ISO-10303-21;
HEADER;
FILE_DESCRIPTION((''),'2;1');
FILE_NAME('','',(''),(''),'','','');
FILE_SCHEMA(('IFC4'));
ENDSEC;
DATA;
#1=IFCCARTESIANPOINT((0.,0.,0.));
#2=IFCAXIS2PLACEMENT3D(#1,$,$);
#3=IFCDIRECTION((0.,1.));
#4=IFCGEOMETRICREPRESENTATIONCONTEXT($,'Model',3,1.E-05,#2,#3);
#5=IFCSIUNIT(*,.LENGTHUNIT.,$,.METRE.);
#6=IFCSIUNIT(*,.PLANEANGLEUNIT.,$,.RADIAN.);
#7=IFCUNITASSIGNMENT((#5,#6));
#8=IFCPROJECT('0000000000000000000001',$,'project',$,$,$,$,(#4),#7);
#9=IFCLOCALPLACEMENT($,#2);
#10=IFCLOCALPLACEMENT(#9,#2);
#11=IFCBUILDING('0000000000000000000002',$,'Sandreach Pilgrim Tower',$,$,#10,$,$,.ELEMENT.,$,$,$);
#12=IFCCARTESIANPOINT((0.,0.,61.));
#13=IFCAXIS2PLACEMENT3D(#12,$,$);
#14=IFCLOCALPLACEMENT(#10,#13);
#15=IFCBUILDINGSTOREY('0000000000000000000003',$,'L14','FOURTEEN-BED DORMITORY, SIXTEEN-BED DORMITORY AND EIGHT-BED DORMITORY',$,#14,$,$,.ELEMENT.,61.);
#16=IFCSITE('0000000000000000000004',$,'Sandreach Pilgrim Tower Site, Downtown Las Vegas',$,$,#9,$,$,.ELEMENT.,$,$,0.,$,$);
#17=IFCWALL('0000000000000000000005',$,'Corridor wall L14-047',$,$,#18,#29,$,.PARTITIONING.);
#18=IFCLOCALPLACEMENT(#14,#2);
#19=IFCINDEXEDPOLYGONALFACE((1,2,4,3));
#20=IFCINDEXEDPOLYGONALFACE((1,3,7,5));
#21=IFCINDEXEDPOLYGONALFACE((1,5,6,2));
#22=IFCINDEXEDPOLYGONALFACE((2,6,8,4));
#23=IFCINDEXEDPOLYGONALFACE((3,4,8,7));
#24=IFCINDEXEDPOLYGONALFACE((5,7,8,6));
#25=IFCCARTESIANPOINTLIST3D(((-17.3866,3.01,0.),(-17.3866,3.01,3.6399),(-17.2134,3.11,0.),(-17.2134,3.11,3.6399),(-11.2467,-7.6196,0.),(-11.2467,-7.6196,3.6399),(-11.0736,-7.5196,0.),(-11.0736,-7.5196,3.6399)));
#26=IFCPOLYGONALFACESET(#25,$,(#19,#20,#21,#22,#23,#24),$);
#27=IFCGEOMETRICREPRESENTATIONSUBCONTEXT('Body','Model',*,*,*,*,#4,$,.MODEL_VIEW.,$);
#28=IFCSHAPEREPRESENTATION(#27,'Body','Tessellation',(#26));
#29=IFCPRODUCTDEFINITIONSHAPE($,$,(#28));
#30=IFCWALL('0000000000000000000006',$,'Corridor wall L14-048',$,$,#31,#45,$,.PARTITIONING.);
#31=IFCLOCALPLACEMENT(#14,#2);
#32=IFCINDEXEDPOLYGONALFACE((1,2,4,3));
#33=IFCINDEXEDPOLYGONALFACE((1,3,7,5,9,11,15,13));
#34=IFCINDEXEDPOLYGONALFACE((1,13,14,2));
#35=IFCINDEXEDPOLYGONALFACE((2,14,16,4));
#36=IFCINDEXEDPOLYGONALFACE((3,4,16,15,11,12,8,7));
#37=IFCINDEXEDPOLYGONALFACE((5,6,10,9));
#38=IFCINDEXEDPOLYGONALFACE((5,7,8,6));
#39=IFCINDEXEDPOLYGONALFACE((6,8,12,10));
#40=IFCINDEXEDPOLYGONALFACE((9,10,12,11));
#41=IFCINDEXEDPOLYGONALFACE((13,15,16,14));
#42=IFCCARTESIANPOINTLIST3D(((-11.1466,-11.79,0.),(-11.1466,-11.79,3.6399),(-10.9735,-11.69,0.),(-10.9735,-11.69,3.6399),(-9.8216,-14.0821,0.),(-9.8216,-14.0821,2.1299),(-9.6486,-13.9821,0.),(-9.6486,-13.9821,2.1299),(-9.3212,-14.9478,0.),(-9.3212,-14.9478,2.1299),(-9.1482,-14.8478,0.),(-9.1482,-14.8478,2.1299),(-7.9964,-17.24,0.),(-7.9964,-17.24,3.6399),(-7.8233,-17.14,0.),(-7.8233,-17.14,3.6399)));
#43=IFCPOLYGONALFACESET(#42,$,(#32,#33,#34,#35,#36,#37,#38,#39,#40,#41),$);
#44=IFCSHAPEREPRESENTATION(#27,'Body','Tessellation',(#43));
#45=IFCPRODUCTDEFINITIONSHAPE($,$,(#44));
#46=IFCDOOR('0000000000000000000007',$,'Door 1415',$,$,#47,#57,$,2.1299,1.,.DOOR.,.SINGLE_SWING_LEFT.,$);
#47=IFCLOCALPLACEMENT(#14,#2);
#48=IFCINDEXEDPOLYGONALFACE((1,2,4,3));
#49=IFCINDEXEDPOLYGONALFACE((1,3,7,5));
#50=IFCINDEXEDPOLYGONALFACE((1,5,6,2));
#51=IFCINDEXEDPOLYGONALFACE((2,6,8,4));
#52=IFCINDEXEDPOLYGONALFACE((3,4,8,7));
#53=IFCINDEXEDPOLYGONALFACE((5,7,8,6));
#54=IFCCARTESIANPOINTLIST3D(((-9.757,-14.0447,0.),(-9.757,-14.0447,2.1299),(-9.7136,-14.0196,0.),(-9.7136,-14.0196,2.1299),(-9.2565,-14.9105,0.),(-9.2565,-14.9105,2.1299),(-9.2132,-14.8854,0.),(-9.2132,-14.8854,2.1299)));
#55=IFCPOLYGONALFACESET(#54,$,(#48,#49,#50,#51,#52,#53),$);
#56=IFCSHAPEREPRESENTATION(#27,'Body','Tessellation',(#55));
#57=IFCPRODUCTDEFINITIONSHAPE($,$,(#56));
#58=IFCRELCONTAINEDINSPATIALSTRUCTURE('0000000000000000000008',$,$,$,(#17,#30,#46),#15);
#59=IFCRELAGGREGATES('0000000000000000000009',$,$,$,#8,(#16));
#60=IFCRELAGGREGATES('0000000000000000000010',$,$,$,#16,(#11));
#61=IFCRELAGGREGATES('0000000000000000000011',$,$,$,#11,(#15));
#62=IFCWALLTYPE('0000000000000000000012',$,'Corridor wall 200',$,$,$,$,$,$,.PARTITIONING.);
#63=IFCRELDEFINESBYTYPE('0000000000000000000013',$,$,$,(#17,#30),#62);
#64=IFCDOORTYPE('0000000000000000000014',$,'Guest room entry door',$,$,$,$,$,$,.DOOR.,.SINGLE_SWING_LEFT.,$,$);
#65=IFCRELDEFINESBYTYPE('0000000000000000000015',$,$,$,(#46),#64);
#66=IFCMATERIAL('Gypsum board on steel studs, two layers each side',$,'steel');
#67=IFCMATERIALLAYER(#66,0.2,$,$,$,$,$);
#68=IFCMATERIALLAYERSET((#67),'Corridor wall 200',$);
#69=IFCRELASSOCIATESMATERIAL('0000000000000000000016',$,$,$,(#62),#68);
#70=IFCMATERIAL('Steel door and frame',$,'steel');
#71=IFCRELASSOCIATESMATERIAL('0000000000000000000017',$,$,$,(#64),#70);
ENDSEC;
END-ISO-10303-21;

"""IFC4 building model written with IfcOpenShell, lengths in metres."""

from ifc_helpers import new_model, si_unit, direction, frame, frame_2d, origin, place, context, subcontext, project, spatial, rectangle, extrude, material, layer, layer_set, type_object, element, fill, save


model = new_model("IFC4")

# Units and contexts
model_context = context("Model", 3, precision=1e-05, world=origin(), true_north=direction((0.0, 1.0)))
body_context = subcontext(model_context, "Body", "Model", "MODEL_VIEW")
ifc_project = project(units=[si_unit("LENGTHUNIT", "METRE"), si_unit("PLANEANGLEUNIT", "RADIAN")], contexts=[model_context])

# Site, building, storey
site_placement = place(None, origin())
site = spatial("IfcSite", under=ifc_project, at=site_placement, Name="Sandreach Pilgrim Tower Site, Downtown Las Vegas", CompositionType="ELEMENT", RefElevation=0.0)
building_placement = place(site_placement, origin())
building = spatial("IfcBuilding", under=site, at=building_placement, Name="Sandreach Pilgrim Tower", CompositionType="ELEMENT")
storey_placement = place(building_placement, frame((0.0, 0.0, 61.0)))
storey = spatial("IfcBuildingStorey", under=building, at=storey_placement, Name="L14", Description="FOURTEEN-BED DORMITORY, SIXTEEN-BED DORMITORY AND EIGHT-BED DORMITORY", CompositionType="ELEMENT", Elevation=61.0)

# Shared definitions
ifc_material_1 = material(Name="Gypsum board on steel studs, two layers each side", Category="steel")
ifc_layer_1 = layer(ifc_material_1, 0.2)
ifc_layer_set_1 = layer_set([ifc_layer_1], Name="Corridor wall 200")
wall_type_1 = type_object("IfcWallType", Name="Corridor wall 200", PredefinedType="PARTITIONING", material=ifc_layer_set_1)
ifc_material_2 = material(Name="Steel door and frame", Category="steel")
door_type_1 = type_object("IfcDoorType", Name="Guest room entry door", OperationType="SINGLE_SWING_LEFT", PredefinedType="DOOR", material=ifc_material_2)

# Wall
wall_1_placement = place(storey_placement, frame((-11.1602, -7.5696, 0.0), z_axis=(0.0, 0.0, 1.0), x_axis=(-0.500175, 0.865924, 0.0)))
element("IfcWall", 1, at=wall_1_placement, inside=storey, type_object=wall_type_1, Name="Corridor wall L14-047", PredefinedType="PARTITIONING", context=body_context, shape_type="SweptSolid", body=[
    extrude(rectangle(XDim=12.2754, YDim=0.2, at=frame_2d((6.1377, 0.0))), origin(), (0.0, 0.0, 1.0), 3.6399),
])

# Wall, opening, door
wall_2_placement = place(storey_placement, frame((-11.0601, -11.74, 0.0), z_axis=(0.0, 0.0, 1.0), x_axis=(0.500431, -0.865777, 0.0)))
wall_2 = element("IfcWall", 2, at=wall_2_placement, inside=storey, type_object=wall_type_1, Name="Corridor wall L14-048", PredefinedType="PARTITIONING", context=body_context, shape_type="SweptSolid", body=[
    extrude(rectangle(XDim=6.2949, YDim=0.2, at=frame_2d((3.1475, 0.0))), origin(), (0.0, 0.0, 1.0), 3.6399),
])
opening_1_placement = place(wall_2_placement, frame((2.6475, 0.0, 0.0)))
opening_1 = element("IfcOpeningElement", 3, at=opening_1_placement, cuts=wall_2, PredefinedType="OPENING", context=body_context, shape_type="SweptSolid", body=[
    extrude(rectangle(XDim=1.0, YDim=2.1299, at=frame_2d((0.5, 1.0649))), frame((0.0, 0.1001, 0.0), z_axis=(0.0, -1.0, 0.0), x_axis=(1.0, 0.0, 0.0)), (0.0, 0.0, 1.0), 0.2),
])
door_1_placement = place(opening_1_placement, origin())
door_1 = element("IfcDoor", 4, at=door_1_placement, inside=storey, type_object=door_type_1, Name="Door 1415", OperationType="SINGLE_SWING_LEFT", OverallHeight=2.1299, OverallWidth=1.0, PredefinedType="DOOR", context=body_context, shape_type="SweptSolid", body=[
    extrude(rectangle(XDim=1.0, YDim=2.1299, at=frame_2d((0.5, 1.0649))), frame((0.0, 0.0249, 0.0), z_axis=(0.0, -1.0, 0.0), x_axis=(1.0, 0.0, 0.0)), (0.0, 0.0, 1.0), 0.05),
])
fill(opening_1, door_1)

save(model, "model.ifc")
